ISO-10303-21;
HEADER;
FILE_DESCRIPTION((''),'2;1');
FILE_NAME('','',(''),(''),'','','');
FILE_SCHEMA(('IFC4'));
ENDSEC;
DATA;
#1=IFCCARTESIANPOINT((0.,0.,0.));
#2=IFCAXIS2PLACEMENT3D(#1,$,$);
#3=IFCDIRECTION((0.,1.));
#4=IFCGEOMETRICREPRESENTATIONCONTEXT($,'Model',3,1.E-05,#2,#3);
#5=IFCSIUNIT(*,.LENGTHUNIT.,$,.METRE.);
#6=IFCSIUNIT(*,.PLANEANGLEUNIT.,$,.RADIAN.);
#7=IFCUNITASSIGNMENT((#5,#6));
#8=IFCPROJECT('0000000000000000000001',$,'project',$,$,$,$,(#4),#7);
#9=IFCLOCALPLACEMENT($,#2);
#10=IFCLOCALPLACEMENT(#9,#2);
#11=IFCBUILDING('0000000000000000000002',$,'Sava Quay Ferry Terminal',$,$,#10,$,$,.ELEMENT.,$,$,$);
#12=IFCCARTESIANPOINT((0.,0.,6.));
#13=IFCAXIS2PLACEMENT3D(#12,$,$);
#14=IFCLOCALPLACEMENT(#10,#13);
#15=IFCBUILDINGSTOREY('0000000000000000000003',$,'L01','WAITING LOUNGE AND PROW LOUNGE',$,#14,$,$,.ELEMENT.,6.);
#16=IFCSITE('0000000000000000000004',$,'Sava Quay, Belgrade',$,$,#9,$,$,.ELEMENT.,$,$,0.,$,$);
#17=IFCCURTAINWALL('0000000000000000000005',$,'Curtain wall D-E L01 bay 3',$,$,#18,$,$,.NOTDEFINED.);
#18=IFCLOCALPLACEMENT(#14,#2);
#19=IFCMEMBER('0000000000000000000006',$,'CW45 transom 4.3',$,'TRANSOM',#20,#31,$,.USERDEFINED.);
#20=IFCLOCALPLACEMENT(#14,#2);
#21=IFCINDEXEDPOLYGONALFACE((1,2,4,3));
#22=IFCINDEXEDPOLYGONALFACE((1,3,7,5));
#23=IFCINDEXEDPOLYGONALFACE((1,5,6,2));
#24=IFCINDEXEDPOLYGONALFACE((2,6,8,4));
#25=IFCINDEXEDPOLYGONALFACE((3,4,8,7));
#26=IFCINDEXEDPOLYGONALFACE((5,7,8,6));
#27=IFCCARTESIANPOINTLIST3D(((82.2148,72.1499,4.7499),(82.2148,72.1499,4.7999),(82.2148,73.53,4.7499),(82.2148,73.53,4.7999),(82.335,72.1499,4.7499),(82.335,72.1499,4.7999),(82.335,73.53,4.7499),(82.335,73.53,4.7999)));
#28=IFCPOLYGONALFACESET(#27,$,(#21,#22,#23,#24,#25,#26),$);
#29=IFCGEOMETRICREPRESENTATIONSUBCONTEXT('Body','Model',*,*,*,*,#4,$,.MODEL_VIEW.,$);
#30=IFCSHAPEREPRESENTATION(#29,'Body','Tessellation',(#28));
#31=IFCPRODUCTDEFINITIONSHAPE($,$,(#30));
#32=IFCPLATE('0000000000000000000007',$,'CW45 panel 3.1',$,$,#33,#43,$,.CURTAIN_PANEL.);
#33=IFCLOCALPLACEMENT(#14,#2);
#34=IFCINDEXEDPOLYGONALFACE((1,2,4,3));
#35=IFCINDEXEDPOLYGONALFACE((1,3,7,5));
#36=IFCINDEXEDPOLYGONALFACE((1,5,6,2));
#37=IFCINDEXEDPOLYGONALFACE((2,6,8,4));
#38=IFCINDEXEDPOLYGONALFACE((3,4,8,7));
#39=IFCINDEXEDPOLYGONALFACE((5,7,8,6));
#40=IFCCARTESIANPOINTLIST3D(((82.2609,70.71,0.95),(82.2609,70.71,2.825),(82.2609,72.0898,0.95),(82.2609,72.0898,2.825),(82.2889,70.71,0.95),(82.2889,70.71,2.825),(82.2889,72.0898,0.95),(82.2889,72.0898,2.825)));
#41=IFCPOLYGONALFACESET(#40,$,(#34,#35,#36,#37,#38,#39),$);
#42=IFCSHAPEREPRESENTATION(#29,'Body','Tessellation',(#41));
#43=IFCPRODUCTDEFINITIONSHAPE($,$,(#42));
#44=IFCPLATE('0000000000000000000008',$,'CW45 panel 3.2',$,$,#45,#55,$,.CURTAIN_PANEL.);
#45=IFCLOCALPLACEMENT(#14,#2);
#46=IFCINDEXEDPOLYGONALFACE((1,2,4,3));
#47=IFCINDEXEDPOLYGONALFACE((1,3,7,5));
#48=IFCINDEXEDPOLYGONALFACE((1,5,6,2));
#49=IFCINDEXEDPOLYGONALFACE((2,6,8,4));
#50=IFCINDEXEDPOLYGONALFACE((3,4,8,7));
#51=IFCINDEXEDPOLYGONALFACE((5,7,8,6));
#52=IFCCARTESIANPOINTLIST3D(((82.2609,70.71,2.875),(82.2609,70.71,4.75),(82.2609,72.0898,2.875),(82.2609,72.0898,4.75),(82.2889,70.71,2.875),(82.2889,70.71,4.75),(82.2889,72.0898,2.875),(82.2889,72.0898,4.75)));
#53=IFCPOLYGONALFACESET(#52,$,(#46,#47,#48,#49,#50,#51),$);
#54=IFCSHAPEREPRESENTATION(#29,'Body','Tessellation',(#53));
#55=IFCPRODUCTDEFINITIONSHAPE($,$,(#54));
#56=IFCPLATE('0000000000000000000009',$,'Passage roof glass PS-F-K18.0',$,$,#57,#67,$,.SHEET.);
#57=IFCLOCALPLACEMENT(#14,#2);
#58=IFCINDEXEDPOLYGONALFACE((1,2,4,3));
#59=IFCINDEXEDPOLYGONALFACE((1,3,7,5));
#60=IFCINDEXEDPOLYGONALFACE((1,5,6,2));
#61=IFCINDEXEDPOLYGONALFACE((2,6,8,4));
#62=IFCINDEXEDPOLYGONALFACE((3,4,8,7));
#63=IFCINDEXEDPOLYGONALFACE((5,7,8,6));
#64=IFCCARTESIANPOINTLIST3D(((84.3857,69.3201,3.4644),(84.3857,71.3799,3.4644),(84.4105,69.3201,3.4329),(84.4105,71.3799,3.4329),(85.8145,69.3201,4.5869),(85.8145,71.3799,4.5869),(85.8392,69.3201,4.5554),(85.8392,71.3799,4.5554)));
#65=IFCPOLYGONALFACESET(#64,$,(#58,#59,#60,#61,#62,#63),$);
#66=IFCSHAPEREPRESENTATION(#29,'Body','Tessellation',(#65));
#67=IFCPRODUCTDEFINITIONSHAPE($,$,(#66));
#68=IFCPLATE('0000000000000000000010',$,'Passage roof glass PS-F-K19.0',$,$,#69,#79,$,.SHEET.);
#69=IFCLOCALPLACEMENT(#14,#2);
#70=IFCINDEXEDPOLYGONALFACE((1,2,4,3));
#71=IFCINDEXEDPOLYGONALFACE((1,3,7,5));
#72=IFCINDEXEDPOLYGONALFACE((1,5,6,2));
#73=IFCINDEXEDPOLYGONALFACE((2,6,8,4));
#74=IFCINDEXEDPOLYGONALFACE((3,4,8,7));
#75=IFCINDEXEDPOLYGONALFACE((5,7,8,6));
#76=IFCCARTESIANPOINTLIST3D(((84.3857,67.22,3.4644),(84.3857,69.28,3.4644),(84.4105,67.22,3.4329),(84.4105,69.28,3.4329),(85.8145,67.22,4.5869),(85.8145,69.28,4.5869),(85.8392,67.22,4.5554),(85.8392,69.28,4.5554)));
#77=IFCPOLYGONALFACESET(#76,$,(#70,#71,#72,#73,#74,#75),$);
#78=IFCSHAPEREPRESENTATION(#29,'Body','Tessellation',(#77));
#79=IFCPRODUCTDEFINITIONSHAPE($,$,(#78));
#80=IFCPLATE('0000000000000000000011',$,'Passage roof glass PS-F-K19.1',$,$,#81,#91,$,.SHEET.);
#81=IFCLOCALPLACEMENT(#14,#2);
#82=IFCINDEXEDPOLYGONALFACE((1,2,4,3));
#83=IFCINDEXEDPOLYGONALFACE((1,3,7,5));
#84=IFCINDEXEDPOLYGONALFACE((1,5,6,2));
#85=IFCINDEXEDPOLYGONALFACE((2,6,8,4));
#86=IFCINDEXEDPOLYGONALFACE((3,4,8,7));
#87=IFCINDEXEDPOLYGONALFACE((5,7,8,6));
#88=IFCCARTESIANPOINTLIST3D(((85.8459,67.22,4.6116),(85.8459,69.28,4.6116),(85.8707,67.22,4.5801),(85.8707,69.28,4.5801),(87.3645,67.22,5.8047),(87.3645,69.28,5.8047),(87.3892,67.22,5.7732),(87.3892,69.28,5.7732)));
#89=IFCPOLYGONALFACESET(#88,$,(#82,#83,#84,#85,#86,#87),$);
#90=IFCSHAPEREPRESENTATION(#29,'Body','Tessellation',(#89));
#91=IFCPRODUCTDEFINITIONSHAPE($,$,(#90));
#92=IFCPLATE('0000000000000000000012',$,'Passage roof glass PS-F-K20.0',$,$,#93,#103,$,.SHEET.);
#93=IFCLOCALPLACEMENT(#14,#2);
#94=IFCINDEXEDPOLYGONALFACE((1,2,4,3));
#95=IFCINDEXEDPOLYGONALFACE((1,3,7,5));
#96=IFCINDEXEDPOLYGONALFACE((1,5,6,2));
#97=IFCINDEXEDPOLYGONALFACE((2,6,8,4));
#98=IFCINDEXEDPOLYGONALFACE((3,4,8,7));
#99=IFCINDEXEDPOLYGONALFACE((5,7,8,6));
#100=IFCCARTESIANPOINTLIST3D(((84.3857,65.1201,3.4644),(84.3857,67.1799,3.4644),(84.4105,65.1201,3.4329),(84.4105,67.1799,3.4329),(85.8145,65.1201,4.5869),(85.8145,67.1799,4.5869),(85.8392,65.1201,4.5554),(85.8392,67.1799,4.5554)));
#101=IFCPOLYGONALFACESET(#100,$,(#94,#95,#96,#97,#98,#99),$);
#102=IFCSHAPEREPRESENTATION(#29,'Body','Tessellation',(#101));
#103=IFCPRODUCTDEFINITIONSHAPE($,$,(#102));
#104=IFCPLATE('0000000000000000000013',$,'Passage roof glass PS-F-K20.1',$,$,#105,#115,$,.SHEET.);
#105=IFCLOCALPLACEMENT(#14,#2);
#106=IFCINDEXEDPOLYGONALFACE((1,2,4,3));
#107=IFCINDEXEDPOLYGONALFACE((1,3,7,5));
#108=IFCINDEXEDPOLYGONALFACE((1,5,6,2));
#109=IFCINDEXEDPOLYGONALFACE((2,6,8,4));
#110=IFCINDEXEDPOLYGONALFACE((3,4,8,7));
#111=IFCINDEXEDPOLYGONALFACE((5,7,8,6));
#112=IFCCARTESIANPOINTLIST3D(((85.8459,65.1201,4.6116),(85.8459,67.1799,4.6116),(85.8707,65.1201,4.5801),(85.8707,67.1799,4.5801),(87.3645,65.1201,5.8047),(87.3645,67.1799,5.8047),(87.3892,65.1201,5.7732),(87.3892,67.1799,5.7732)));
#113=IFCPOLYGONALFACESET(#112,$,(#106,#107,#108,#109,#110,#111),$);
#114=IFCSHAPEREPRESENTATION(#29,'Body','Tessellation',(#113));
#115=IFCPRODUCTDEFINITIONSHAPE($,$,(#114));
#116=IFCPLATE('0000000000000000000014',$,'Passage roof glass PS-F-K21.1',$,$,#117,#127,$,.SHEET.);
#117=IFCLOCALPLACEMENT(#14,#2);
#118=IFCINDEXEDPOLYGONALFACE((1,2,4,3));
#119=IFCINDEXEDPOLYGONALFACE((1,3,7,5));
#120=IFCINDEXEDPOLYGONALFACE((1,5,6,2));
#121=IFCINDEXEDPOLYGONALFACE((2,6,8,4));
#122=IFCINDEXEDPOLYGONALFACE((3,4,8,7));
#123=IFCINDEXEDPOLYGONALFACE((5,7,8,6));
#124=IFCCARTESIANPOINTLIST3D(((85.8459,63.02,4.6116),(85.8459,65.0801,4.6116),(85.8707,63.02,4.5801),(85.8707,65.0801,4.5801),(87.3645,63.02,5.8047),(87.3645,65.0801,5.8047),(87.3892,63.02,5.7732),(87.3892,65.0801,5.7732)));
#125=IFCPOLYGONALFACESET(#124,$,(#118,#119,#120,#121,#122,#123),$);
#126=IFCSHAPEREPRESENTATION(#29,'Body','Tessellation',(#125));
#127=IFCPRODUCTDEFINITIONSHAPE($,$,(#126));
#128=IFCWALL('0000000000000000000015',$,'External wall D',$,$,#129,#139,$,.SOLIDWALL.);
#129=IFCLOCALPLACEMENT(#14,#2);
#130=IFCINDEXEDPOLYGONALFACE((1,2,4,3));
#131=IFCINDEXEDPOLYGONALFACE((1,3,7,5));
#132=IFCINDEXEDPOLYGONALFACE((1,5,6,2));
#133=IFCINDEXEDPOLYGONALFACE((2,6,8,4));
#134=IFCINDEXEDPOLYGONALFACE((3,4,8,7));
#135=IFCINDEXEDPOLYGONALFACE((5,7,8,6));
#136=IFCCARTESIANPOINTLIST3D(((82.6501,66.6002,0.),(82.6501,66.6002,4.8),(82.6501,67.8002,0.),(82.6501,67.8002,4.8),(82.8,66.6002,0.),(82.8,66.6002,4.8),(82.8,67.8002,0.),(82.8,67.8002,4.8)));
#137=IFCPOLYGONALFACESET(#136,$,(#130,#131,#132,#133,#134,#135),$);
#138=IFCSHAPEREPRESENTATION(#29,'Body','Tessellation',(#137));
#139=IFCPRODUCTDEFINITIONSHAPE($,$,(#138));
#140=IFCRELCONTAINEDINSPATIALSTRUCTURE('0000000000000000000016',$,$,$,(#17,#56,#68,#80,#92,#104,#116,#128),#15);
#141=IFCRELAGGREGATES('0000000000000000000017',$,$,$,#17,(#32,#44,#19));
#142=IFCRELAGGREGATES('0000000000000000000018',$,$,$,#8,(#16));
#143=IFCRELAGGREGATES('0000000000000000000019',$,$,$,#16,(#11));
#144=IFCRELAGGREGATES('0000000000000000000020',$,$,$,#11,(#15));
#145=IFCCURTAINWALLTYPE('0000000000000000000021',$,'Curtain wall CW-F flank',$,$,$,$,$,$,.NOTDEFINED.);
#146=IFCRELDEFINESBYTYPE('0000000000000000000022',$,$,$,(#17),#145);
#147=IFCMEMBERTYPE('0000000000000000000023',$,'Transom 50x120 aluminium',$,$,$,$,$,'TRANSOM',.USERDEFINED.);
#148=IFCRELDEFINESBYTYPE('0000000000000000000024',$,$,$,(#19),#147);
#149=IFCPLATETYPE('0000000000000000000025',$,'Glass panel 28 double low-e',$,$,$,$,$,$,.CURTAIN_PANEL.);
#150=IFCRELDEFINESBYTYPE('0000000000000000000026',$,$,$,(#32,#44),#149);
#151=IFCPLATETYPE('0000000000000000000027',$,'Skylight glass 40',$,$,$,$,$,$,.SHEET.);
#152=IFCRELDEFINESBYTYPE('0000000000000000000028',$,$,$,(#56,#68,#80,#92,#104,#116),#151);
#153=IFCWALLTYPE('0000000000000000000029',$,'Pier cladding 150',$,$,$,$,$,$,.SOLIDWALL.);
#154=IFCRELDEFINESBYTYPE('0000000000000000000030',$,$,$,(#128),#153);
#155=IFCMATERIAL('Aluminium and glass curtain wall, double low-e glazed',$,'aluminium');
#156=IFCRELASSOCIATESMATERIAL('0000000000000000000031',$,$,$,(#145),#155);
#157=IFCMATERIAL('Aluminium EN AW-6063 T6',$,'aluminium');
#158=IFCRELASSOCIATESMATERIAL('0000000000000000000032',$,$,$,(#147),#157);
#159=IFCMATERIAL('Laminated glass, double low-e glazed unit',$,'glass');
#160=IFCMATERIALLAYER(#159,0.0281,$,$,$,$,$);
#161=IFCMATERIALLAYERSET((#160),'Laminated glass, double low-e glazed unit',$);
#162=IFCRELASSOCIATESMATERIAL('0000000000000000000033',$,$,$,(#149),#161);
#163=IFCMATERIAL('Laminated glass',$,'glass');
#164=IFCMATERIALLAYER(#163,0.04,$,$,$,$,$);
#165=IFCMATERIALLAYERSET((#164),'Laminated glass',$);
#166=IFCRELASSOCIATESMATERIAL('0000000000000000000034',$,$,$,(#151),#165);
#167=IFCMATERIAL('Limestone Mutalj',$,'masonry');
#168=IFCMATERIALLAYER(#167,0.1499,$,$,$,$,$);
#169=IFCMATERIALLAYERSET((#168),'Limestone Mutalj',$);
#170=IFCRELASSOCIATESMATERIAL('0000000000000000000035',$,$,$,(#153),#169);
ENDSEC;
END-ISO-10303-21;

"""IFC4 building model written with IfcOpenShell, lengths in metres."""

from ifc_helpers import new_model, si_unit, direction, frame, frame_2d, origin, origin_2d, place, context, subcontext, project, spatial, polyline, rectangle, outline, extrude, material, layer, layer_set, material_profile, profile_set, type_object, element, aggregate, save


model = new_model("IFC4")

# Units and contexts
model_context = context("Model", 3, precision=1e-05, world=origin(), true_north=direction((0.0, 1.0)))
body_context = subcontext(model_context, "Body", "Model", "MODEL_VIEW")
ifc_project = project(units=[si_unit("LENGTHUNIT", "METRE"), si_unit("PLANEANGLEUNIT", "RADIAN")], contexts=[model_context])

# Site, building, storey
site_placement = place(None, origin())
site = spatial("IfcSite", under=ifc_project, at=site_placement, Name="Sava Quay, Belgrade", CompositionType="ELEMENT", RefElevation=0.0)
building_placement = place(site_placement, origin())
building = spatial("IfcBuilding", under=site, at=building_placement, Name="Sava Quay Ferry Terminal", CompositionType="ELEMENT")
storey_placement = place(building_placement, frame((0.0, 0.0, 6.0)))
storey = spatial("IfcBuildingStorey", under=building, at=storey_placement, Name="L01", Description="WAITING LOUNGE AND PROW LOUNGE", CompositionType="ELEMENT", Elevation=6.0)

# Curtain wall, member, plates
ifc_material_1 = material(Name="Aluminium and glass curtain wall, double low-e glazed", Category="aluminium")
curtain_wall_type = type_object("IfcCurtainWallType", Name="Curtain wall CW-F flank", PredefinedType="NOTDEFINED", material=ifc_material_1)
curtain_wall_placement = place(storey_placement, origin())
curtain_wall = element("IfcCurtainWall", 1, at=curtain_wall_placement, inside=storey, type_object=curtain_wall_type, Name="Curtain wall D-E L01 bay 3", PredefinedType="NOTDEFINED")
ifc_material_2 = material(Name="Aluminium EN AW-6063 T6", Category="aluminium")
ifc_material_profile_1 = material_profile(ifc_material_2, rectangle(XDim=0.1201, YDim=0.05, at=origin_2d()), Name="Transom 50x120 aluminium")
ifc_profile_set_1 = profile_set([ifc_material_profile_1], Name="Aluminium EN AW-6063 T6")
member_type_1 = type_object("IfcMemberType", Name="Transom 50x120 aluminium", ElementType="TRANSOM", PredefinedType="USERDEFINED", material=ifc_profile_set_1)
member_1_placement = place(storey_placement, frame((82.2749, 72.1499, 4.7749), z_axis=(0.0, 1.0, 0.0), x_axis=(-1.0, 0.0, 0.0)))
member_1 = element("IfcMember", 2, at=member_1_placement, type_object=member_type_1, Name="CW45 transom 4.3", ObjectType="TRANSOM", PredefinedType="USERDEFINED", context=body_context, shape_type="SweptSolid", body=[
    extrude(rectangle(XDim=0.1201, YDim=0.05, at=origin_2d()), origin(), (0.0, 0.0, 1.0), 1.3801),
])
ifc_material_3 = material(Name="Laminated glass, double low-e glazed unit", Category="glass")
ifc_layer_1 = layer(ifc_material_3, 0.0281)
ifc_layer_set_1 = layer_set([ifc_layer_1], Name="Laminated glass, double low-e glazed unit")
plate_type_1 = type_object("IfcPlateType", Name="Glass panel 28 double low-e", PredefinedType="CURTAIN_PANEL", material=ifc_layer_set_1)
plate_1_placement = place(storey_placement, frame((82.2749, 71.3999, 0.95), z_axis=(0.0, 0.0, 1.0), x_axis=(0.0, 1.0, 0.0)))
plate_1 = element("IfcPlate", 3, at=plate_1_placement, type_object=plate_type_1, Name="CW45 panel 3.1", PredefinedType="CURTAIN_PANEL", context=body_context, shape_type="SweptSolid", body=[
    extrude(rectangle(XDim=1.3799, YDim=0.0281, at=origin_2d()), origin(), (0.0, 0.0, 1.0), 1.875),
])
plate_2_placement = place(storey_placement, frame((82.2749, 71.3999, 2.875), z_axis=(0.0, 0.0, 1.0), x_axis=(0.0, 1.0, 0.0)))
plate_2 = element("IfcPlate", 4, at=plate_2_placement, type_object=plate_type_1, Name="CW45 panel 3.2", PredefinedType="CURTAIN_PANEL", context=body_context, shape_type="SweptSolid", body=[
    extrude(rectangle(XDim=1.3799, YDim=0.0281, at=origin_2d()), origin(), (0.0, 0.0, 1.0), 1.875),
])
aggregate(curtain_wall, [plate_1, plate_2, member_1])

# Plates
ifc_material_4 = material(Name="Laminated glass", Category="glass")
ifc_layer_2 = layer(ifc_material_4, 0.04)
ifc_layer_set_2 = layer_set([ifc_layer_2], Name="Laminated glass")
plate_type_2 = type_object("IfcPlateType", Name="Skylight glass 40", PredefinedType="SHEET", material=ifc_layer_set_2)
plate_3_placement = place(storey_placement, frame((85.8145, 71.3799, 4.5869), z_axis=(-0.617822, 0.0, 0.786318), x_axis=(0.0, -1.0, 0.0)))
element("IfcPlate", 5, at=plate_3_placement, inside=storey, type_object=plate_type_2, Name="Passage roof glass PS-F-K18.0", PredefinedType="SHEET", context=body_context, shape_type="SweptSolid", body=[
    extrude(outline(polyline([(0.0, 0.0), (2.0598, 0.0), (2.0598, -1.817), (0.0, -1.817), (0.0, 0.0)])), origin(), (0.0, 0.0, -1.0), 0.04),
])
plate_4_placement = place(storey_placement, frame((85.8145, 69.28, 4.5869), z_axis=(-0.617822, 0.0, 0.786318), x_axis=(0.0, -1.0, 0.0)))
element("IfcPlate", 6, at=plate_4_placement, inside=storey, type_object=plate_type_2, Name="Passage roof glass PS-F-K19.0", PredefinedType="SHEET", context=body_context, shape_type="SweptSolid", body=[
    extrude(outline(polyline([(0.0, 0.0), (2.0601, 0.0), (2.0601, -1.817), (0.0, -1.817), (0.0, 0.0)])), origin(), (0.0, 0.0, -1.0), 0.04),
])
plate_5_placement = place(storey_placement, frame((85.8459, 69.28, 4.6116), z_axis=(-0.61781, 0.0, 0.786327), x_axis=(0.786327, 0.0, 0.61781)))
element("IfcPlate", 7, at=plate_5_placement, inside=storey, type_object=plate_type_2, Name="Passage roof glass PS-F-K19.1", PredefinedType="SHEET", context=body_context, shape_type="SweptSolid", body=[
    extrude(outline(polyline([(0.0, 0.0), (1.9312, 0.0), (1.9312, -2.0601), (0.0, -2.0601), (0.0, 0.0)])), origin(), (0.0, 0.0, -1.0), 0.04),
])
plate_6_placement = place(storey_placement, frame((85.8145, 67.1799, 4.5869), z_axis=(-0.617822, 0.0, 0.786318), x_axis=(0.0, -1.0, 0.0)))
element("IfcPlate", 8, at=plate_6_placement, inside=storey, type_object=plate_type_2, Name="Passage roof glass PS-F-K20.0", PredefinedType="SHEET", context=body_context, shape_type="SweptSolid", body=[
    extrude(outline(polyline([(0.0, 0.0), (2.0598, 0.0), (2.0598, -1.817), (0.0, -1.817), (0.0, 0.0)])), origin(), (0.0, 0.0, -1.0), 0.04),
])
plate_7_placement = place(storey_placement, frame((85.8459, 67.1799, 4.6116), z_axis=(-0.61781, 0.0, 0.786327), x_axis=(0.786327, 0.0, 0.61781)))
element("IfcPlate", 9, at=plate_7_placement, inside=storey, type_object=plate_type_2, Name="Passage roof glass PS-F-K20.1", PredefinedType="SHEET", context=body_context, shape_type="SweptSolid", body=[
    extrude(outline(polyline([(0.0, 0.0), (1.9312, 0.0), (1.9312, -2.0598), (0.0, -2.0598), (0.0, 0.0)])), origin(), (0.0, 0.0, -1.0), 0.04),
])
plate_8_placement = place(storey_placement, frame((85.8459, 65.0801, 4.6116), z_axis=(-0.61781, 0.0, 0.786327), x_axis=(0.786327, 0.0, 0.61781)))
element("IfcPlate", 10, at=plate_8_placement, inside=storey, type_object=plate_type_2, Name="Passage roof glass PS-F-K21.1", PredefinedType="SHEET", context=body_context, shape_type="SweptSolid", body=[
    extrude(outline(polyline([(0.0, 0.0), (1.9312, 0.0), (1.9312, -2.0601), (0.0, -2.0601), (0.0, 0.0)])), origin(), (0.0, 0.0, -1.0), 0.04),
])

# Wall
ifc_material_5 = material(Name="Limestone Mutalj", Category="masonry")
ifc_layer_3 = layer(ifc_material_5, 0.1499)
ifc_layer_set_3 = layer_set([ifc_layer_3], Name="Limestone Mutalj")
wall_type = type_object("IfcWallType", Name="Pier cladding 150", PredefinedType="SOLIDWALL", material=ifc_layer_set_3)
wall_placement = place(storey_placement, frame((82.7251, 66.6001, 0.0), z_axis=(0.0, 0.0, 1.0), x_axis=(0.0, 1.0, 0.0)))
element("IfcWall", 11, at=wall_placement, inside=storey, type_object=wall_type, Name="External wall D", PredefinedType="SOLIDWALL", context=body_context, shape_type="SweptSolid", body=[
    extrude(rectangle(XDim=1.2, YDim=0.1499, at=frame_2d((0.6001, 0.0))), origin(), (0.0, 0.0, 1.0), 4.8),
])

save(model, "model.ifc")
